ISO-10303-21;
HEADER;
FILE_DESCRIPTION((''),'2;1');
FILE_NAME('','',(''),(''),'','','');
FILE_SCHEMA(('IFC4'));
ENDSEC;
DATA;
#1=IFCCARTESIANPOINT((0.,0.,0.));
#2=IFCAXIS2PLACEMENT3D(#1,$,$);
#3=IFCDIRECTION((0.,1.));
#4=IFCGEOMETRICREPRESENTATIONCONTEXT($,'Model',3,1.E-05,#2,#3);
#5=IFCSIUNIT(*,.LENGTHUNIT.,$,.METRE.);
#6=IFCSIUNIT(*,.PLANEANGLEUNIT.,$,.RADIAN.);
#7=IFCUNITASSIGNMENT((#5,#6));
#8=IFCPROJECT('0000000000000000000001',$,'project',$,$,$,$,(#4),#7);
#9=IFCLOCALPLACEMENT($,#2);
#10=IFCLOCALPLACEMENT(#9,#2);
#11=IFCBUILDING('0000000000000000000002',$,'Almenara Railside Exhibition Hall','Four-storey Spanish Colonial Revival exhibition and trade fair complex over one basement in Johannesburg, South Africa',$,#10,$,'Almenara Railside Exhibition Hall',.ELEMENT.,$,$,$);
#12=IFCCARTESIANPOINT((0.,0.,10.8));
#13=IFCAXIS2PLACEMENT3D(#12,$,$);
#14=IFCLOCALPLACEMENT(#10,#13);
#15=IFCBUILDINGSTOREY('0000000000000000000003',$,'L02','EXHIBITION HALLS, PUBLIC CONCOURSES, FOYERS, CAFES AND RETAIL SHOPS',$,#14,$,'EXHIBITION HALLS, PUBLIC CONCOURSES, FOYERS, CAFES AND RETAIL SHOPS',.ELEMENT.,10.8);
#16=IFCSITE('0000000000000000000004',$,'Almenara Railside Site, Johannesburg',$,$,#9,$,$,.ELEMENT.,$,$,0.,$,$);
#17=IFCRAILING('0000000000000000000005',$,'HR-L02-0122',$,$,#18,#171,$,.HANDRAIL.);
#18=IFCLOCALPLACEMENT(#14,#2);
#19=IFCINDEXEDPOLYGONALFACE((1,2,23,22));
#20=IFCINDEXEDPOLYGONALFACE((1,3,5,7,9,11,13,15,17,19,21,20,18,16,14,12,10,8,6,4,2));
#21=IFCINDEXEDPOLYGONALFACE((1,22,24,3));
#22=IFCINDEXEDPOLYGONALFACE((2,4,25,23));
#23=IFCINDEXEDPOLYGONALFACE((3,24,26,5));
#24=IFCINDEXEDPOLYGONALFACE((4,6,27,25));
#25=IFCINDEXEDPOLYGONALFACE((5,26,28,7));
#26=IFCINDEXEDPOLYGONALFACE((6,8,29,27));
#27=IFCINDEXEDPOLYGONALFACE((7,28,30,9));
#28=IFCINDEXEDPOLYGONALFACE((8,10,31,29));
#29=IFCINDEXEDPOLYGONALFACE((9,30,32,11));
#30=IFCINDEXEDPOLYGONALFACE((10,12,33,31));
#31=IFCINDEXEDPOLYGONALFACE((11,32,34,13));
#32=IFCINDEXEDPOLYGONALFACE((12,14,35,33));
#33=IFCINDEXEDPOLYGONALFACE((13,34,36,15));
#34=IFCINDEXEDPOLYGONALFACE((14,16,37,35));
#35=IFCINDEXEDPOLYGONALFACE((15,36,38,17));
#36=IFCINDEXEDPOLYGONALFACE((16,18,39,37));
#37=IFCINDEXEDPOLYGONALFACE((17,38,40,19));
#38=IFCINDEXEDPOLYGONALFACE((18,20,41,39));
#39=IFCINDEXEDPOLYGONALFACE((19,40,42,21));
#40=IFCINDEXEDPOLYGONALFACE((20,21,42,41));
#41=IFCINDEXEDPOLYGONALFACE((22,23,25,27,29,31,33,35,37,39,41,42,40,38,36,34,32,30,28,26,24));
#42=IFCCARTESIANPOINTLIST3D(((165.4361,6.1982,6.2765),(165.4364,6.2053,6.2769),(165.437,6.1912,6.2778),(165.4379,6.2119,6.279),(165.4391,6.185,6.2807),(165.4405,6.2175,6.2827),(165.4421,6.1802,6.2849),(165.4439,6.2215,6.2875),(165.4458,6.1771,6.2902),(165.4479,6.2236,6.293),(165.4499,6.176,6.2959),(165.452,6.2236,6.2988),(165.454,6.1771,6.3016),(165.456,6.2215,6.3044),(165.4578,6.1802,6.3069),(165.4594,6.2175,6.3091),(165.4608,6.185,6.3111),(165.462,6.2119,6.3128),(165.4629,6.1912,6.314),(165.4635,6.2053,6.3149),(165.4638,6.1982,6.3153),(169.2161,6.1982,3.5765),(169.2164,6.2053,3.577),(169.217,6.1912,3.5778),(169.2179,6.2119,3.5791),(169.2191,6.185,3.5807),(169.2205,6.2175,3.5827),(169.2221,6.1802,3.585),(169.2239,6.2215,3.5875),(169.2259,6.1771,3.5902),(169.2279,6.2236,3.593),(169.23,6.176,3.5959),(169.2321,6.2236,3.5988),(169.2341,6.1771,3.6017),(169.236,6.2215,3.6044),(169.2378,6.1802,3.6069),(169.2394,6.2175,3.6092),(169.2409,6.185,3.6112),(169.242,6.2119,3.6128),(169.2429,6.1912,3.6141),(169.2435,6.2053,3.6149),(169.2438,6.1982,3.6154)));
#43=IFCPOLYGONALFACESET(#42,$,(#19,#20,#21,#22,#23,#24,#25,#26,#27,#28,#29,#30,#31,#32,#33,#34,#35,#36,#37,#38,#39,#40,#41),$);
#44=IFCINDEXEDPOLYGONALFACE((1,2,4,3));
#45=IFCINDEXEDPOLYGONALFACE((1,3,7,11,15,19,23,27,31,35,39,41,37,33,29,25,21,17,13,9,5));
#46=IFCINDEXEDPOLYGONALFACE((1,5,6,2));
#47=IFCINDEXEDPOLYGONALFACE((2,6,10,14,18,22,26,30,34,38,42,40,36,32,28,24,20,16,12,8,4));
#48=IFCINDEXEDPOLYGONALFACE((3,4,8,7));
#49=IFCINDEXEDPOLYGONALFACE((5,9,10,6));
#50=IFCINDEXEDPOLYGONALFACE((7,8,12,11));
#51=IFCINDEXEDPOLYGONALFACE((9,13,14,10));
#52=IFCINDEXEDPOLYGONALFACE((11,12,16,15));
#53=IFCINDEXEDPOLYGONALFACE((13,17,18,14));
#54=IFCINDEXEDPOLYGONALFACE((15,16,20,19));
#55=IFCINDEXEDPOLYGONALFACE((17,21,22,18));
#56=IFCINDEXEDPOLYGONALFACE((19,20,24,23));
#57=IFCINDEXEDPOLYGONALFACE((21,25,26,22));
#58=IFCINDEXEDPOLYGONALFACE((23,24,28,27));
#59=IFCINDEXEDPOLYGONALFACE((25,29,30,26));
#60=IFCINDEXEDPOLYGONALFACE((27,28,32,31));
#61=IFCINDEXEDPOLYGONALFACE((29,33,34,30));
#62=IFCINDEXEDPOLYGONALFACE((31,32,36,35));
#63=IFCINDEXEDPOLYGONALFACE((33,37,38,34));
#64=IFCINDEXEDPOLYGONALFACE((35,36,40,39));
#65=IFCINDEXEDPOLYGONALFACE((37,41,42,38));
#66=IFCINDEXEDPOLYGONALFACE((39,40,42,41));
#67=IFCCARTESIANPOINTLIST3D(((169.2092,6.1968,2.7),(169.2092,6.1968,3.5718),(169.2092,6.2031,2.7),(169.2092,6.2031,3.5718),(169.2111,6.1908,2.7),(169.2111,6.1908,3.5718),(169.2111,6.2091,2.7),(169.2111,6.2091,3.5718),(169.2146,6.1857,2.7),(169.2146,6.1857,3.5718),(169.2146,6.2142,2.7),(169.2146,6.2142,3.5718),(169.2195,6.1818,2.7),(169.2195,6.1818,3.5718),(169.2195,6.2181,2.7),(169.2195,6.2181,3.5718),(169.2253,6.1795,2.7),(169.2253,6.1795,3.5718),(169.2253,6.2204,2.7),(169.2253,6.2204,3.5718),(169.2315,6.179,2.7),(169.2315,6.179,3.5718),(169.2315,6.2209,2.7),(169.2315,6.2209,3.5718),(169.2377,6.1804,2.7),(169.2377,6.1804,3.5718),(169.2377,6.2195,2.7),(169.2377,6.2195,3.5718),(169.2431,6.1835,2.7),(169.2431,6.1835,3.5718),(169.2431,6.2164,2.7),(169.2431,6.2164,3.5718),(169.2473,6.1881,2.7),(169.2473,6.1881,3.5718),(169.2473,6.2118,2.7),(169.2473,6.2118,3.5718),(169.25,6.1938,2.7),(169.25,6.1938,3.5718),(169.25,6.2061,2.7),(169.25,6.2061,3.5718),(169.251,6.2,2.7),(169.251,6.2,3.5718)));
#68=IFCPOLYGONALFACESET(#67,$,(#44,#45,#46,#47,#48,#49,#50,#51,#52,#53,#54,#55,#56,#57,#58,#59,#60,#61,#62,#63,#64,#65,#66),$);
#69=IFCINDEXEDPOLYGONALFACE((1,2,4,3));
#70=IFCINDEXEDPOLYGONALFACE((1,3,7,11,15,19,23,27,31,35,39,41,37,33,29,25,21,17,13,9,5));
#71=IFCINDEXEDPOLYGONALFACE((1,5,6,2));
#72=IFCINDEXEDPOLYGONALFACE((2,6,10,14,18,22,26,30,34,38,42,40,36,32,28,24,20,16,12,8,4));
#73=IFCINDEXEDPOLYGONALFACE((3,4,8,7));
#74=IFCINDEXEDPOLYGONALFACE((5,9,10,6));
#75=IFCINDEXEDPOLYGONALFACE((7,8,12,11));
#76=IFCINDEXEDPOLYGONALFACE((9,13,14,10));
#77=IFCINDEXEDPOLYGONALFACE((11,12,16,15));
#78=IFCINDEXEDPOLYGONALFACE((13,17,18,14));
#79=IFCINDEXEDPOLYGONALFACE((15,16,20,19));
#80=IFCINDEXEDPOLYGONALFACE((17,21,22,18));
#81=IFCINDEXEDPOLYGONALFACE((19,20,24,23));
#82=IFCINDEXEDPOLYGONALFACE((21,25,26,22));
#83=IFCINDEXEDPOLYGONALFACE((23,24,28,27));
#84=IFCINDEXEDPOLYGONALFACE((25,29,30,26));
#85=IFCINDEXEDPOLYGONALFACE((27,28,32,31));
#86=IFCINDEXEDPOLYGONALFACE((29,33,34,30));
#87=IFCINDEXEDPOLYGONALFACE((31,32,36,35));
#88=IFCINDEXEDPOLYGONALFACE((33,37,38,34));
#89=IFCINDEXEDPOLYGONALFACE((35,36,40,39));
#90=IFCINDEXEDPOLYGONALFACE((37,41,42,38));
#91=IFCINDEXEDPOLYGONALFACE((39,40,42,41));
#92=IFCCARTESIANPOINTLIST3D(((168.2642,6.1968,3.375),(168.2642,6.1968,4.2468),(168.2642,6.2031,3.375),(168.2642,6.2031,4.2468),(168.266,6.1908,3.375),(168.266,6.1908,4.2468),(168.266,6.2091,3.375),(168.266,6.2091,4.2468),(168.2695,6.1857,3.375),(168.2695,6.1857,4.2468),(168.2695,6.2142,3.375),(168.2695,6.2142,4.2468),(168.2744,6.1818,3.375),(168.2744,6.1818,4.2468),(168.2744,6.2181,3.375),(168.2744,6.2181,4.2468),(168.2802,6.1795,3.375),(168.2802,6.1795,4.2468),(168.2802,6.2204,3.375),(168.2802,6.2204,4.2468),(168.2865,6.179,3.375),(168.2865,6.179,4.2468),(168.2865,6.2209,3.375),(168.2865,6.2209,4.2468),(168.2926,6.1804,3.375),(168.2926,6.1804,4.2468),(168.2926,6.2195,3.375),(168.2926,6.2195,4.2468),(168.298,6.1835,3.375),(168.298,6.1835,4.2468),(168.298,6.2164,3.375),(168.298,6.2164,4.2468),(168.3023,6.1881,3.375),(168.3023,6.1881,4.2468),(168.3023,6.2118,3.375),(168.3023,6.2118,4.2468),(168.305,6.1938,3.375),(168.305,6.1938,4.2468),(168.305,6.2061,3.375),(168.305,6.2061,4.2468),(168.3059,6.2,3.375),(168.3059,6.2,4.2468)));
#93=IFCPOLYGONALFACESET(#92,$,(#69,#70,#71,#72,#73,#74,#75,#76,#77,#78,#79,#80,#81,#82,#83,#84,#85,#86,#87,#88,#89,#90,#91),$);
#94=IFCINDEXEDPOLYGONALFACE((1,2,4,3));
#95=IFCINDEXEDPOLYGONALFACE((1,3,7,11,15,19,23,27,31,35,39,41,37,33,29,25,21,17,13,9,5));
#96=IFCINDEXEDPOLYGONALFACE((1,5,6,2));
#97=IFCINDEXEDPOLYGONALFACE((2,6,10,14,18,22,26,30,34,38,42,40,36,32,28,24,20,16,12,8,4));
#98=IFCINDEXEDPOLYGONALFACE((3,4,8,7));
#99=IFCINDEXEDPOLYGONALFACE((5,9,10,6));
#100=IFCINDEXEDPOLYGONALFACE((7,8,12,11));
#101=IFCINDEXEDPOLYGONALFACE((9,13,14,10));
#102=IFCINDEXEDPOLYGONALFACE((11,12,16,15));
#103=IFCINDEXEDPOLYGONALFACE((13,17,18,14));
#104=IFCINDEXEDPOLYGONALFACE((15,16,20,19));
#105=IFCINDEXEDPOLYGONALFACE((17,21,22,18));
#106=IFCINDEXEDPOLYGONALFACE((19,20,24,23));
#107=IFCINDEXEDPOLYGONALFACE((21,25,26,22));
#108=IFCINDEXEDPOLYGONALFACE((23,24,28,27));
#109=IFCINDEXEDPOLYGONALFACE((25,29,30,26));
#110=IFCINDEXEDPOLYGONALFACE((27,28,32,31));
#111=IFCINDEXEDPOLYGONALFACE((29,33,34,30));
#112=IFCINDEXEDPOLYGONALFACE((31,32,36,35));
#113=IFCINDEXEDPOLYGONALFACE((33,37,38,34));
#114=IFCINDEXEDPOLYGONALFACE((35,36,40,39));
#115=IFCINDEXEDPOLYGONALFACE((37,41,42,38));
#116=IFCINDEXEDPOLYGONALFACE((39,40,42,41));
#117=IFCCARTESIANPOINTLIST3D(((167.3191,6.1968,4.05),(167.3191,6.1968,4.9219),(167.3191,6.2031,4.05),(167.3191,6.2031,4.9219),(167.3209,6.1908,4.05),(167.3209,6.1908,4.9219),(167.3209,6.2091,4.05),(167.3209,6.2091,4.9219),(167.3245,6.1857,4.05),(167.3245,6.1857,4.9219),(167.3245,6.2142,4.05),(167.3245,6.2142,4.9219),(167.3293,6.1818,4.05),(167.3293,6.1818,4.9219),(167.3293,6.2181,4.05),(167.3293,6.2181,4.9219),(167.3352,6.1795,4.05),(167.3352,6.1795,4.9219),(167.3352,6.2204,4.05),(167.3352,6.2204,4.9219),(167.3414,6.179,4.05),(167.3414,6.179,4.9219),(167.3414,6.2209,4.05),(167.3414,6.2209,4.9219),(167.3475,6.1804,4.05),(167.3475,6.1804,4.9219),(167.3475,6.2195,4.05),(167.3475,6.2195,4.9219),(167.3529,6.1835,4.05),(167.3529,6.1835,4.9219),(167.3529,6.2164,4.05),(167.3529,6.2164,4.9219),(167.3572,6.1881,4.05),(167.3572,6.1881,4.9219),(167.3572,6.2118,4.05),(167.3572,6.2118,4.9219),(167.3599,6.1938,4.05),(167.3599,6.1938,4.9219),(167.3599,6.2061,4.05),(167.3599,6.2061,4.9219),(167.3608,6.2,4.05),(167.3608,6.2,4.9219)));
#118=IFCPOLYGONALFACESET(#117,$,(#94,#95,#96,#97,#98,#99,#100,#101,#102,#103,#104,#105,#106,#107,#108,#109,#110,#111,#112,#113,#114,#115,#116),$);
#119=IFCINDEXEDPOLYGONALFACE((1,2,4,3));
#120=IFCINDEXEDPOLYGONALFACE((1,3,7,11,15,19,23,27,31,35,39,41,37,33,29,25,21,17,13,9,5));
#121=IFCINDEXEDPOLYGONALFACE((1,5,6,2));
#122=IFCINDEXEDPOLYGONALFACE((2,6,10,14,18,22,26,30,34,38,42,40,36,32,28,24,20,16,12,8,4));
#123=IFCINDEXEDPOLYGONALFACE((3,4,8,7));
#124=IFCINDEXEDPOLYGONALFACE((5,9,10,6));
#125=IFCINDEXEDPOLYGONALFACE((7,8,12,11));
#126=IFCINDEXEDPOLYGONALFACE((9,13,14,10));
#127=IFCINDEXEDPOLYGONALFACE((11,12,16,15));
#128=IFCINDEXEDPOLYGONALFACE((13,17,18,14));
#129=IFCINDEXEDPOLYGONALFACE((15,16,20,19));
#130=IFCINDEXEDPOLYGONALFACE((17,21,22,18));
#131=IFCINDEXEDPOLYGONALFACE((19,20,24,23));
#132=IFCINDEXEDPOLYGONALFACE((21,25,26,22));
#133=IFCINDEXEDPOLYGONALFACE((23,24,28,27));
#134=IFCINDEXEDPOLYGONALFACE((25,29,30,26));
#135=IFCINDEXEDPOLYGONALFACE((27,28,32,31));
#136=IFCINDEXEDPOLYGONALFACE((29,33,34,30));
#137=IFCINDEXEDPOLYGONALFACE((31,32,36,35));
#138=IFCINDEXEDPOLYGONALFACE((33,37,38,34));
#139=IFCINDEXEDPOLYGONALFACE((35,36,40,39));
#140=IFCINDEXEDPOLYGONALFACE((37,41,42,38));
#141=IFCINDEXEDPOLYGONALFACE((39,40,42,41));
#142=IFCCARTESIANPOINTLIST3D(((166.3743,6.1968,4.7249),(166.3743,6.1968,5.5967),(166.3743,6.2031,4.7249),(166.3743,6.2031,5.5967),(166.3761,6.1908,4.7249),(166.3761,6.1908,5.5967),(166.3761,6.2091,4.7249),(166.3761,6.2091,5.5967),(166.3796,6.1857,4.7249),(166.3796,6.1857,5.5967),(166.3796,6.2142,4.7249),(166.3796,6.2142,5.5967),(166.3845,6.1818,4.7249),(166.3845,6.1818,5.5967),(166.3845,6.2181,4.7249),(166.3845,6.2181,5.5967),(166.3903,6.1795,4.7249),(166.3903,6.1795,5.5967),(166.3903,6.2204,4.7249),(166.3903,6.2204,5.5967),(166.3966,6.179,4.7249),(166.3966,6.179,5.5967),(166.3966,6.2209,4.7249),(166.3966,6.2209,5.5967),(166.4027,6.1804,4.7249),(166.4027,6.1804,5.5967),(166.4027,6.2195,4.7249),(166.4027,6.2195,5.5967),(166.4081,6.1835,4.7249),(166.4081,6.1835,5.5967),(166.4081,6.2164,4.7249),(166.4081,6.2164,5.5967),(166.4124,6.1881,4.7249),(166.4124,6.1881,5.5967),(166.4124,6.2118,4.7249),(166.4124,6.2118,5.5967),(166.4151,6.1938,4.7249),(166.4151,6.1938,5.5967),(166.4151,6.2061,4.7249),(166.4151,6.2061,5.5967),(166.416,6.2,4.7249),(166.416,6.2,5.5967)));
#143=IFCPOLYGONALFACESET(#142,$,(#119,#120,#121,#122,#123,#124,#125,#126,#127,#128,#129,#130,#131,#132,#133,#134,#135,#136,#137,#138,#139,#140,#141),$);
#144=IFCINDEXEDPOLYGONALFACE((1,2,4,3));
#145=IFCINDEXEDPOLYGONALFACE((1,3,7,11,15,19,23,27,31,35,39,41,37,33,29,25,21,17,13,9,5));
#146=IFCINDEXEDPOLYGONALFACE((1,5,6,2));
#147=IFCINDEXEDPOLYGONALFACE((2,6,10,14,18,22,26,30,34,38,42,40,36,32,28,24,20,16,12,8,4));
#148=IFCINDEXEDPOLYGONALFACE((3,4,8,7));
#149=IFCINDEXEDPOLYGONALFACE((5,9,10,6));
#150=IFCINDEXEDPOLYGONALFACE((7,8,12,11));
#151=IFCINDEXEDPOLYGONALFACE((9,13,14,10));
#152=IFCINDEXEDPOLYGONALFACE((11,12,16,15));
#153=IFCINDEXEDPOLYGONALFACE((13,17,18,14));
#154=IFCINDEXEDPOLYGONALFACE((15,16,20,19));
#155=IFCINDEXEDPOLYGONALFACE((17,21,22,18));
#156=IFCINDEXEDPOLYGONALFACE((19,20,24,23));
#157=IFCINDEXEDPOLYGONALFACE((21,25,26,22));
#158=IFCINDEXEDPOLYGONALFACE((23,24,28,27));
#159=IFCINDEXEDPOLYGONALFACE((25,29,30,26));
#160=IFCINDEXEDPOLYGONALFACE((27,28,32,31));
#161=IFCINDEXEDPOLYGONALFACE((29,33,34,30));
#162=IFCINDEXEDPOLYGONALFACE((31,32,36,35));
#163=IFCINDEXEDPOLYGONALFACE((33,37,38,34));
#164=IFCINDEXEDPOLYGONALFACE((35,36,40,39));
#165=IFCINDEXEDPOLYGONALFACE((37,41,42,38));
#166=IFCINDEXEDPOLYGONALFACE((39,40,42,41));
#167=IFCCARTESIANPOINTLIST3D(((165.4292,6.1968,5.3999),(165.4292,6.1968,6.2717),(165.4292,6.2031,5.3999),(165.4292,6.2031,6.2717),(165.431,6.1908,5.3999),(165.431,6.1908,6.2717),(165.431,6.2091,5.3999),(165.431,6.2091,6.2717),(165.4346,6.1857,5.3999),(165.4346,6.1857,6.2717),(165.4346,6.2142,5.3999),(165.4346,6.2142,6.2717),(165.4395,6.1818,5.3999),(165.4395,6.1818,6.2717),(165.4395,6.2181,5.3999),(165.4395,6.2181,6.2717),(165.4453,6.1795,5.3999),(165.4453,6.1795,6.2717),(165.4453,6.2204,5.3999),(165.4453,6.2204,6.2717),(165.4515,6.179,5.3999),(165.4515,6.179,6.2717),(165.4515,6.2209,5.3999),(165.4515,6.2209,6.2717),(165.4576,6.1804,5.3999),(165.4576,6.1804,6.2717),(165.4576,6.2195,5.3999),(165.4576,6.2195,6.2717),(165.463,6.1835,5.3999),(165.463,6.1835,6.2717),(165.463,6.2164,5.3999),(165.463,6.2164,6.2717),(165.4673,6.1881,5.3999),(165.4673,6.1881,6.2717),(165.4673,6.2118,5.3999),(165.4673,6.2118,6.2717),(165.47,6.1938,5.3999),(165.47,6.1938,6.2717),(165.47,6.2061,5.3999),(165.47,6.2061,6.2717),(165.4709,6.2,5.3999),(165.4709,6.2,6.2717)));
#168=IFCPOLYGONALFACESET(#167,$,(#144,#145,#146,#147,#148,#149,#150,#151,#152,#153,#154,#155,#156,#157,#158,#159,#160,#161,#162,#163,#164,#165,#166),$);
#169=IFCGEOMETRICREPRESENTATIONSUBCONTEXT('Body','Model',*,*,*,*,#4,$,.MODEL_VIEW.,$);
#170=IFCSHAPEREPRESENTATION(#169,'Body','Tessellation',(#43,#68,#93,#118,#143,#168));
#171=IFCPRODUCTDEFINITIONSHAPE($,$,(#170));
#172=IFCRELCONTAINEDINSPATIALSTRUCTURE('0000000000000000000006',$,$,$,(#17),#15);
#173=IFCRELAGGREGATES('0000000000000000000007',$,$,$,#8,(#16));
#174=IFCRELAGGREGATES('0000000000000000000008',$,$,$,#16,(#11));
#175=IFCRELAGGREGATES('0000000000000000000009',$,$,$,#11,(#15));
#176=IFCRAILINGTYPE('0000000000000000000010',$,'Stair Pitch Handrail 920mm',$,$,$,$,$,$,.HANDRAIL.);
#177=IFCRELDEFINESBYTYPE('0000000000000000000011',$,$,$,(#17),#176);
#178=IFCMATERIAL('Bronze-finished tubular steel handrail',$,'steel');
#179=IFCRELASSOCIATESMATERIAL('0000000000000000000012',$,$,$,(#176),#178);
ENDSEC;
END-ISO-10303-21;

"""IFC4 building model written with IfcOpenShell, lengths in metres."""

from ifc_helpers import new_model, si_unit, direction, frame, origin, origin_2d, place, context, subcontext, project, spatial, circle, extrude, material, type_object, element, save


model = new_model("IFC4")

# Units and contexts
model_context = context("Model", 3, precision=1e-05, world=origin(), true_north=direction((0.0, 1.0)))
body_context = subcontext(model_context, "Body", "Model", "MODEL_VIEW")
ifc_project = project(units=[si_unit("LENGTHUNIT", "METRE"), si_unit("PLANEANGLEUNIT", "RADIAN")], contexts=[model_context])

# Site, building, storey
site_placement = place(None, origin())
site = spatial("IfcSite", under=ifc_project, at=site_placement, Name="Almenara Railside Site, Johannesburg", CompositionType="ELEMENT", RefElevation=0.0)
building_placement = place(site_placement, origin())
building = spatial("IfcBuilding", under=site, at=building_placement, Name="Almenara Railside Exhibition Hall", Description="Four-storey Spanish Colonial Revival exhibition and trade fair complex over one basement in Johannesburg, South Africa", LongName="Almenara Railside Exhibition Hall", CompositionType="ELEMENT")
storey_placement = place(building_placement, frame((0.0, 0.0, 10.8)))
storey = spatial("IfcBuildingStorey", under=building, at=storey_placement, Name="L02", Description="EXHIBITION HALLS, PUBLIC CONCOURSES, FOYERS, CAFES AND RETAIL SHOPS", LongName="EXHIBITION HALLS, PUBLIC CONCOURSES, FOYERS, CAFES AND RETAIL SHOPS", CompositionType="ELEMENT", Elevation=10.8)

# Railing
ifc_material_1 = material(Name="Bronze-finished tubular steel handrail", Category="steel")
railing_type_1 = type_object("IfcRailingType", Name="Stair Pitch Handrail 920mm", PredefinedType="HANDRAIL", material=ifc_material_1)
railing_1_placement = place(storey_placement, frame((169.23, 6.2, 2.7)))
element("IfcRailing", 1, at=railing_1_placement, inside=storey, type_object=railing_type_1, Name="HR-L02-0122", PredefinedType="HANDRAIL", context=body_context, shape_type="SweptSolid", body=[
    extrude(circle(Radius=0.0239, at=origin_2d()), frame((0.0, 0.0, 0.896), z_axis=(-0.813741, 0.0, 0.581228), x_axis=(0.0, -1.0, 0.0)), (0.0, 0.0, 1.0), 4.6453),
    extrude(circle(Radius=0.021, at=origin_2d()), origin(), (0.0, 0.0, 1.0), 0.8718),
    extrude(circle(Radius=0.021, at=origin_2d()), frame((-0.9451, 0.0, 0.675)), (0.0, 0.0, 1.0), 0.8718),
    extrude(circle(Radius=0.021, at=origin_2d()), frame((-1.8901, 0.0, 1.3501)), (0.0, 0.0, 1.0), 0.8718),
    extrude(circle(Radius=0.021, at=origin_2d()), frame((-2.835, 0.0, 2.0249)), (0.0, 0.0, 1.0), 0.8718),
    extrude(circle(Radius=0.021, at=origin_2d()), frame((-3.78, 0.0, 2.7)), (0.0, 0.0, 1.0), 0.8718),
])

save(model, "model.ifc")
